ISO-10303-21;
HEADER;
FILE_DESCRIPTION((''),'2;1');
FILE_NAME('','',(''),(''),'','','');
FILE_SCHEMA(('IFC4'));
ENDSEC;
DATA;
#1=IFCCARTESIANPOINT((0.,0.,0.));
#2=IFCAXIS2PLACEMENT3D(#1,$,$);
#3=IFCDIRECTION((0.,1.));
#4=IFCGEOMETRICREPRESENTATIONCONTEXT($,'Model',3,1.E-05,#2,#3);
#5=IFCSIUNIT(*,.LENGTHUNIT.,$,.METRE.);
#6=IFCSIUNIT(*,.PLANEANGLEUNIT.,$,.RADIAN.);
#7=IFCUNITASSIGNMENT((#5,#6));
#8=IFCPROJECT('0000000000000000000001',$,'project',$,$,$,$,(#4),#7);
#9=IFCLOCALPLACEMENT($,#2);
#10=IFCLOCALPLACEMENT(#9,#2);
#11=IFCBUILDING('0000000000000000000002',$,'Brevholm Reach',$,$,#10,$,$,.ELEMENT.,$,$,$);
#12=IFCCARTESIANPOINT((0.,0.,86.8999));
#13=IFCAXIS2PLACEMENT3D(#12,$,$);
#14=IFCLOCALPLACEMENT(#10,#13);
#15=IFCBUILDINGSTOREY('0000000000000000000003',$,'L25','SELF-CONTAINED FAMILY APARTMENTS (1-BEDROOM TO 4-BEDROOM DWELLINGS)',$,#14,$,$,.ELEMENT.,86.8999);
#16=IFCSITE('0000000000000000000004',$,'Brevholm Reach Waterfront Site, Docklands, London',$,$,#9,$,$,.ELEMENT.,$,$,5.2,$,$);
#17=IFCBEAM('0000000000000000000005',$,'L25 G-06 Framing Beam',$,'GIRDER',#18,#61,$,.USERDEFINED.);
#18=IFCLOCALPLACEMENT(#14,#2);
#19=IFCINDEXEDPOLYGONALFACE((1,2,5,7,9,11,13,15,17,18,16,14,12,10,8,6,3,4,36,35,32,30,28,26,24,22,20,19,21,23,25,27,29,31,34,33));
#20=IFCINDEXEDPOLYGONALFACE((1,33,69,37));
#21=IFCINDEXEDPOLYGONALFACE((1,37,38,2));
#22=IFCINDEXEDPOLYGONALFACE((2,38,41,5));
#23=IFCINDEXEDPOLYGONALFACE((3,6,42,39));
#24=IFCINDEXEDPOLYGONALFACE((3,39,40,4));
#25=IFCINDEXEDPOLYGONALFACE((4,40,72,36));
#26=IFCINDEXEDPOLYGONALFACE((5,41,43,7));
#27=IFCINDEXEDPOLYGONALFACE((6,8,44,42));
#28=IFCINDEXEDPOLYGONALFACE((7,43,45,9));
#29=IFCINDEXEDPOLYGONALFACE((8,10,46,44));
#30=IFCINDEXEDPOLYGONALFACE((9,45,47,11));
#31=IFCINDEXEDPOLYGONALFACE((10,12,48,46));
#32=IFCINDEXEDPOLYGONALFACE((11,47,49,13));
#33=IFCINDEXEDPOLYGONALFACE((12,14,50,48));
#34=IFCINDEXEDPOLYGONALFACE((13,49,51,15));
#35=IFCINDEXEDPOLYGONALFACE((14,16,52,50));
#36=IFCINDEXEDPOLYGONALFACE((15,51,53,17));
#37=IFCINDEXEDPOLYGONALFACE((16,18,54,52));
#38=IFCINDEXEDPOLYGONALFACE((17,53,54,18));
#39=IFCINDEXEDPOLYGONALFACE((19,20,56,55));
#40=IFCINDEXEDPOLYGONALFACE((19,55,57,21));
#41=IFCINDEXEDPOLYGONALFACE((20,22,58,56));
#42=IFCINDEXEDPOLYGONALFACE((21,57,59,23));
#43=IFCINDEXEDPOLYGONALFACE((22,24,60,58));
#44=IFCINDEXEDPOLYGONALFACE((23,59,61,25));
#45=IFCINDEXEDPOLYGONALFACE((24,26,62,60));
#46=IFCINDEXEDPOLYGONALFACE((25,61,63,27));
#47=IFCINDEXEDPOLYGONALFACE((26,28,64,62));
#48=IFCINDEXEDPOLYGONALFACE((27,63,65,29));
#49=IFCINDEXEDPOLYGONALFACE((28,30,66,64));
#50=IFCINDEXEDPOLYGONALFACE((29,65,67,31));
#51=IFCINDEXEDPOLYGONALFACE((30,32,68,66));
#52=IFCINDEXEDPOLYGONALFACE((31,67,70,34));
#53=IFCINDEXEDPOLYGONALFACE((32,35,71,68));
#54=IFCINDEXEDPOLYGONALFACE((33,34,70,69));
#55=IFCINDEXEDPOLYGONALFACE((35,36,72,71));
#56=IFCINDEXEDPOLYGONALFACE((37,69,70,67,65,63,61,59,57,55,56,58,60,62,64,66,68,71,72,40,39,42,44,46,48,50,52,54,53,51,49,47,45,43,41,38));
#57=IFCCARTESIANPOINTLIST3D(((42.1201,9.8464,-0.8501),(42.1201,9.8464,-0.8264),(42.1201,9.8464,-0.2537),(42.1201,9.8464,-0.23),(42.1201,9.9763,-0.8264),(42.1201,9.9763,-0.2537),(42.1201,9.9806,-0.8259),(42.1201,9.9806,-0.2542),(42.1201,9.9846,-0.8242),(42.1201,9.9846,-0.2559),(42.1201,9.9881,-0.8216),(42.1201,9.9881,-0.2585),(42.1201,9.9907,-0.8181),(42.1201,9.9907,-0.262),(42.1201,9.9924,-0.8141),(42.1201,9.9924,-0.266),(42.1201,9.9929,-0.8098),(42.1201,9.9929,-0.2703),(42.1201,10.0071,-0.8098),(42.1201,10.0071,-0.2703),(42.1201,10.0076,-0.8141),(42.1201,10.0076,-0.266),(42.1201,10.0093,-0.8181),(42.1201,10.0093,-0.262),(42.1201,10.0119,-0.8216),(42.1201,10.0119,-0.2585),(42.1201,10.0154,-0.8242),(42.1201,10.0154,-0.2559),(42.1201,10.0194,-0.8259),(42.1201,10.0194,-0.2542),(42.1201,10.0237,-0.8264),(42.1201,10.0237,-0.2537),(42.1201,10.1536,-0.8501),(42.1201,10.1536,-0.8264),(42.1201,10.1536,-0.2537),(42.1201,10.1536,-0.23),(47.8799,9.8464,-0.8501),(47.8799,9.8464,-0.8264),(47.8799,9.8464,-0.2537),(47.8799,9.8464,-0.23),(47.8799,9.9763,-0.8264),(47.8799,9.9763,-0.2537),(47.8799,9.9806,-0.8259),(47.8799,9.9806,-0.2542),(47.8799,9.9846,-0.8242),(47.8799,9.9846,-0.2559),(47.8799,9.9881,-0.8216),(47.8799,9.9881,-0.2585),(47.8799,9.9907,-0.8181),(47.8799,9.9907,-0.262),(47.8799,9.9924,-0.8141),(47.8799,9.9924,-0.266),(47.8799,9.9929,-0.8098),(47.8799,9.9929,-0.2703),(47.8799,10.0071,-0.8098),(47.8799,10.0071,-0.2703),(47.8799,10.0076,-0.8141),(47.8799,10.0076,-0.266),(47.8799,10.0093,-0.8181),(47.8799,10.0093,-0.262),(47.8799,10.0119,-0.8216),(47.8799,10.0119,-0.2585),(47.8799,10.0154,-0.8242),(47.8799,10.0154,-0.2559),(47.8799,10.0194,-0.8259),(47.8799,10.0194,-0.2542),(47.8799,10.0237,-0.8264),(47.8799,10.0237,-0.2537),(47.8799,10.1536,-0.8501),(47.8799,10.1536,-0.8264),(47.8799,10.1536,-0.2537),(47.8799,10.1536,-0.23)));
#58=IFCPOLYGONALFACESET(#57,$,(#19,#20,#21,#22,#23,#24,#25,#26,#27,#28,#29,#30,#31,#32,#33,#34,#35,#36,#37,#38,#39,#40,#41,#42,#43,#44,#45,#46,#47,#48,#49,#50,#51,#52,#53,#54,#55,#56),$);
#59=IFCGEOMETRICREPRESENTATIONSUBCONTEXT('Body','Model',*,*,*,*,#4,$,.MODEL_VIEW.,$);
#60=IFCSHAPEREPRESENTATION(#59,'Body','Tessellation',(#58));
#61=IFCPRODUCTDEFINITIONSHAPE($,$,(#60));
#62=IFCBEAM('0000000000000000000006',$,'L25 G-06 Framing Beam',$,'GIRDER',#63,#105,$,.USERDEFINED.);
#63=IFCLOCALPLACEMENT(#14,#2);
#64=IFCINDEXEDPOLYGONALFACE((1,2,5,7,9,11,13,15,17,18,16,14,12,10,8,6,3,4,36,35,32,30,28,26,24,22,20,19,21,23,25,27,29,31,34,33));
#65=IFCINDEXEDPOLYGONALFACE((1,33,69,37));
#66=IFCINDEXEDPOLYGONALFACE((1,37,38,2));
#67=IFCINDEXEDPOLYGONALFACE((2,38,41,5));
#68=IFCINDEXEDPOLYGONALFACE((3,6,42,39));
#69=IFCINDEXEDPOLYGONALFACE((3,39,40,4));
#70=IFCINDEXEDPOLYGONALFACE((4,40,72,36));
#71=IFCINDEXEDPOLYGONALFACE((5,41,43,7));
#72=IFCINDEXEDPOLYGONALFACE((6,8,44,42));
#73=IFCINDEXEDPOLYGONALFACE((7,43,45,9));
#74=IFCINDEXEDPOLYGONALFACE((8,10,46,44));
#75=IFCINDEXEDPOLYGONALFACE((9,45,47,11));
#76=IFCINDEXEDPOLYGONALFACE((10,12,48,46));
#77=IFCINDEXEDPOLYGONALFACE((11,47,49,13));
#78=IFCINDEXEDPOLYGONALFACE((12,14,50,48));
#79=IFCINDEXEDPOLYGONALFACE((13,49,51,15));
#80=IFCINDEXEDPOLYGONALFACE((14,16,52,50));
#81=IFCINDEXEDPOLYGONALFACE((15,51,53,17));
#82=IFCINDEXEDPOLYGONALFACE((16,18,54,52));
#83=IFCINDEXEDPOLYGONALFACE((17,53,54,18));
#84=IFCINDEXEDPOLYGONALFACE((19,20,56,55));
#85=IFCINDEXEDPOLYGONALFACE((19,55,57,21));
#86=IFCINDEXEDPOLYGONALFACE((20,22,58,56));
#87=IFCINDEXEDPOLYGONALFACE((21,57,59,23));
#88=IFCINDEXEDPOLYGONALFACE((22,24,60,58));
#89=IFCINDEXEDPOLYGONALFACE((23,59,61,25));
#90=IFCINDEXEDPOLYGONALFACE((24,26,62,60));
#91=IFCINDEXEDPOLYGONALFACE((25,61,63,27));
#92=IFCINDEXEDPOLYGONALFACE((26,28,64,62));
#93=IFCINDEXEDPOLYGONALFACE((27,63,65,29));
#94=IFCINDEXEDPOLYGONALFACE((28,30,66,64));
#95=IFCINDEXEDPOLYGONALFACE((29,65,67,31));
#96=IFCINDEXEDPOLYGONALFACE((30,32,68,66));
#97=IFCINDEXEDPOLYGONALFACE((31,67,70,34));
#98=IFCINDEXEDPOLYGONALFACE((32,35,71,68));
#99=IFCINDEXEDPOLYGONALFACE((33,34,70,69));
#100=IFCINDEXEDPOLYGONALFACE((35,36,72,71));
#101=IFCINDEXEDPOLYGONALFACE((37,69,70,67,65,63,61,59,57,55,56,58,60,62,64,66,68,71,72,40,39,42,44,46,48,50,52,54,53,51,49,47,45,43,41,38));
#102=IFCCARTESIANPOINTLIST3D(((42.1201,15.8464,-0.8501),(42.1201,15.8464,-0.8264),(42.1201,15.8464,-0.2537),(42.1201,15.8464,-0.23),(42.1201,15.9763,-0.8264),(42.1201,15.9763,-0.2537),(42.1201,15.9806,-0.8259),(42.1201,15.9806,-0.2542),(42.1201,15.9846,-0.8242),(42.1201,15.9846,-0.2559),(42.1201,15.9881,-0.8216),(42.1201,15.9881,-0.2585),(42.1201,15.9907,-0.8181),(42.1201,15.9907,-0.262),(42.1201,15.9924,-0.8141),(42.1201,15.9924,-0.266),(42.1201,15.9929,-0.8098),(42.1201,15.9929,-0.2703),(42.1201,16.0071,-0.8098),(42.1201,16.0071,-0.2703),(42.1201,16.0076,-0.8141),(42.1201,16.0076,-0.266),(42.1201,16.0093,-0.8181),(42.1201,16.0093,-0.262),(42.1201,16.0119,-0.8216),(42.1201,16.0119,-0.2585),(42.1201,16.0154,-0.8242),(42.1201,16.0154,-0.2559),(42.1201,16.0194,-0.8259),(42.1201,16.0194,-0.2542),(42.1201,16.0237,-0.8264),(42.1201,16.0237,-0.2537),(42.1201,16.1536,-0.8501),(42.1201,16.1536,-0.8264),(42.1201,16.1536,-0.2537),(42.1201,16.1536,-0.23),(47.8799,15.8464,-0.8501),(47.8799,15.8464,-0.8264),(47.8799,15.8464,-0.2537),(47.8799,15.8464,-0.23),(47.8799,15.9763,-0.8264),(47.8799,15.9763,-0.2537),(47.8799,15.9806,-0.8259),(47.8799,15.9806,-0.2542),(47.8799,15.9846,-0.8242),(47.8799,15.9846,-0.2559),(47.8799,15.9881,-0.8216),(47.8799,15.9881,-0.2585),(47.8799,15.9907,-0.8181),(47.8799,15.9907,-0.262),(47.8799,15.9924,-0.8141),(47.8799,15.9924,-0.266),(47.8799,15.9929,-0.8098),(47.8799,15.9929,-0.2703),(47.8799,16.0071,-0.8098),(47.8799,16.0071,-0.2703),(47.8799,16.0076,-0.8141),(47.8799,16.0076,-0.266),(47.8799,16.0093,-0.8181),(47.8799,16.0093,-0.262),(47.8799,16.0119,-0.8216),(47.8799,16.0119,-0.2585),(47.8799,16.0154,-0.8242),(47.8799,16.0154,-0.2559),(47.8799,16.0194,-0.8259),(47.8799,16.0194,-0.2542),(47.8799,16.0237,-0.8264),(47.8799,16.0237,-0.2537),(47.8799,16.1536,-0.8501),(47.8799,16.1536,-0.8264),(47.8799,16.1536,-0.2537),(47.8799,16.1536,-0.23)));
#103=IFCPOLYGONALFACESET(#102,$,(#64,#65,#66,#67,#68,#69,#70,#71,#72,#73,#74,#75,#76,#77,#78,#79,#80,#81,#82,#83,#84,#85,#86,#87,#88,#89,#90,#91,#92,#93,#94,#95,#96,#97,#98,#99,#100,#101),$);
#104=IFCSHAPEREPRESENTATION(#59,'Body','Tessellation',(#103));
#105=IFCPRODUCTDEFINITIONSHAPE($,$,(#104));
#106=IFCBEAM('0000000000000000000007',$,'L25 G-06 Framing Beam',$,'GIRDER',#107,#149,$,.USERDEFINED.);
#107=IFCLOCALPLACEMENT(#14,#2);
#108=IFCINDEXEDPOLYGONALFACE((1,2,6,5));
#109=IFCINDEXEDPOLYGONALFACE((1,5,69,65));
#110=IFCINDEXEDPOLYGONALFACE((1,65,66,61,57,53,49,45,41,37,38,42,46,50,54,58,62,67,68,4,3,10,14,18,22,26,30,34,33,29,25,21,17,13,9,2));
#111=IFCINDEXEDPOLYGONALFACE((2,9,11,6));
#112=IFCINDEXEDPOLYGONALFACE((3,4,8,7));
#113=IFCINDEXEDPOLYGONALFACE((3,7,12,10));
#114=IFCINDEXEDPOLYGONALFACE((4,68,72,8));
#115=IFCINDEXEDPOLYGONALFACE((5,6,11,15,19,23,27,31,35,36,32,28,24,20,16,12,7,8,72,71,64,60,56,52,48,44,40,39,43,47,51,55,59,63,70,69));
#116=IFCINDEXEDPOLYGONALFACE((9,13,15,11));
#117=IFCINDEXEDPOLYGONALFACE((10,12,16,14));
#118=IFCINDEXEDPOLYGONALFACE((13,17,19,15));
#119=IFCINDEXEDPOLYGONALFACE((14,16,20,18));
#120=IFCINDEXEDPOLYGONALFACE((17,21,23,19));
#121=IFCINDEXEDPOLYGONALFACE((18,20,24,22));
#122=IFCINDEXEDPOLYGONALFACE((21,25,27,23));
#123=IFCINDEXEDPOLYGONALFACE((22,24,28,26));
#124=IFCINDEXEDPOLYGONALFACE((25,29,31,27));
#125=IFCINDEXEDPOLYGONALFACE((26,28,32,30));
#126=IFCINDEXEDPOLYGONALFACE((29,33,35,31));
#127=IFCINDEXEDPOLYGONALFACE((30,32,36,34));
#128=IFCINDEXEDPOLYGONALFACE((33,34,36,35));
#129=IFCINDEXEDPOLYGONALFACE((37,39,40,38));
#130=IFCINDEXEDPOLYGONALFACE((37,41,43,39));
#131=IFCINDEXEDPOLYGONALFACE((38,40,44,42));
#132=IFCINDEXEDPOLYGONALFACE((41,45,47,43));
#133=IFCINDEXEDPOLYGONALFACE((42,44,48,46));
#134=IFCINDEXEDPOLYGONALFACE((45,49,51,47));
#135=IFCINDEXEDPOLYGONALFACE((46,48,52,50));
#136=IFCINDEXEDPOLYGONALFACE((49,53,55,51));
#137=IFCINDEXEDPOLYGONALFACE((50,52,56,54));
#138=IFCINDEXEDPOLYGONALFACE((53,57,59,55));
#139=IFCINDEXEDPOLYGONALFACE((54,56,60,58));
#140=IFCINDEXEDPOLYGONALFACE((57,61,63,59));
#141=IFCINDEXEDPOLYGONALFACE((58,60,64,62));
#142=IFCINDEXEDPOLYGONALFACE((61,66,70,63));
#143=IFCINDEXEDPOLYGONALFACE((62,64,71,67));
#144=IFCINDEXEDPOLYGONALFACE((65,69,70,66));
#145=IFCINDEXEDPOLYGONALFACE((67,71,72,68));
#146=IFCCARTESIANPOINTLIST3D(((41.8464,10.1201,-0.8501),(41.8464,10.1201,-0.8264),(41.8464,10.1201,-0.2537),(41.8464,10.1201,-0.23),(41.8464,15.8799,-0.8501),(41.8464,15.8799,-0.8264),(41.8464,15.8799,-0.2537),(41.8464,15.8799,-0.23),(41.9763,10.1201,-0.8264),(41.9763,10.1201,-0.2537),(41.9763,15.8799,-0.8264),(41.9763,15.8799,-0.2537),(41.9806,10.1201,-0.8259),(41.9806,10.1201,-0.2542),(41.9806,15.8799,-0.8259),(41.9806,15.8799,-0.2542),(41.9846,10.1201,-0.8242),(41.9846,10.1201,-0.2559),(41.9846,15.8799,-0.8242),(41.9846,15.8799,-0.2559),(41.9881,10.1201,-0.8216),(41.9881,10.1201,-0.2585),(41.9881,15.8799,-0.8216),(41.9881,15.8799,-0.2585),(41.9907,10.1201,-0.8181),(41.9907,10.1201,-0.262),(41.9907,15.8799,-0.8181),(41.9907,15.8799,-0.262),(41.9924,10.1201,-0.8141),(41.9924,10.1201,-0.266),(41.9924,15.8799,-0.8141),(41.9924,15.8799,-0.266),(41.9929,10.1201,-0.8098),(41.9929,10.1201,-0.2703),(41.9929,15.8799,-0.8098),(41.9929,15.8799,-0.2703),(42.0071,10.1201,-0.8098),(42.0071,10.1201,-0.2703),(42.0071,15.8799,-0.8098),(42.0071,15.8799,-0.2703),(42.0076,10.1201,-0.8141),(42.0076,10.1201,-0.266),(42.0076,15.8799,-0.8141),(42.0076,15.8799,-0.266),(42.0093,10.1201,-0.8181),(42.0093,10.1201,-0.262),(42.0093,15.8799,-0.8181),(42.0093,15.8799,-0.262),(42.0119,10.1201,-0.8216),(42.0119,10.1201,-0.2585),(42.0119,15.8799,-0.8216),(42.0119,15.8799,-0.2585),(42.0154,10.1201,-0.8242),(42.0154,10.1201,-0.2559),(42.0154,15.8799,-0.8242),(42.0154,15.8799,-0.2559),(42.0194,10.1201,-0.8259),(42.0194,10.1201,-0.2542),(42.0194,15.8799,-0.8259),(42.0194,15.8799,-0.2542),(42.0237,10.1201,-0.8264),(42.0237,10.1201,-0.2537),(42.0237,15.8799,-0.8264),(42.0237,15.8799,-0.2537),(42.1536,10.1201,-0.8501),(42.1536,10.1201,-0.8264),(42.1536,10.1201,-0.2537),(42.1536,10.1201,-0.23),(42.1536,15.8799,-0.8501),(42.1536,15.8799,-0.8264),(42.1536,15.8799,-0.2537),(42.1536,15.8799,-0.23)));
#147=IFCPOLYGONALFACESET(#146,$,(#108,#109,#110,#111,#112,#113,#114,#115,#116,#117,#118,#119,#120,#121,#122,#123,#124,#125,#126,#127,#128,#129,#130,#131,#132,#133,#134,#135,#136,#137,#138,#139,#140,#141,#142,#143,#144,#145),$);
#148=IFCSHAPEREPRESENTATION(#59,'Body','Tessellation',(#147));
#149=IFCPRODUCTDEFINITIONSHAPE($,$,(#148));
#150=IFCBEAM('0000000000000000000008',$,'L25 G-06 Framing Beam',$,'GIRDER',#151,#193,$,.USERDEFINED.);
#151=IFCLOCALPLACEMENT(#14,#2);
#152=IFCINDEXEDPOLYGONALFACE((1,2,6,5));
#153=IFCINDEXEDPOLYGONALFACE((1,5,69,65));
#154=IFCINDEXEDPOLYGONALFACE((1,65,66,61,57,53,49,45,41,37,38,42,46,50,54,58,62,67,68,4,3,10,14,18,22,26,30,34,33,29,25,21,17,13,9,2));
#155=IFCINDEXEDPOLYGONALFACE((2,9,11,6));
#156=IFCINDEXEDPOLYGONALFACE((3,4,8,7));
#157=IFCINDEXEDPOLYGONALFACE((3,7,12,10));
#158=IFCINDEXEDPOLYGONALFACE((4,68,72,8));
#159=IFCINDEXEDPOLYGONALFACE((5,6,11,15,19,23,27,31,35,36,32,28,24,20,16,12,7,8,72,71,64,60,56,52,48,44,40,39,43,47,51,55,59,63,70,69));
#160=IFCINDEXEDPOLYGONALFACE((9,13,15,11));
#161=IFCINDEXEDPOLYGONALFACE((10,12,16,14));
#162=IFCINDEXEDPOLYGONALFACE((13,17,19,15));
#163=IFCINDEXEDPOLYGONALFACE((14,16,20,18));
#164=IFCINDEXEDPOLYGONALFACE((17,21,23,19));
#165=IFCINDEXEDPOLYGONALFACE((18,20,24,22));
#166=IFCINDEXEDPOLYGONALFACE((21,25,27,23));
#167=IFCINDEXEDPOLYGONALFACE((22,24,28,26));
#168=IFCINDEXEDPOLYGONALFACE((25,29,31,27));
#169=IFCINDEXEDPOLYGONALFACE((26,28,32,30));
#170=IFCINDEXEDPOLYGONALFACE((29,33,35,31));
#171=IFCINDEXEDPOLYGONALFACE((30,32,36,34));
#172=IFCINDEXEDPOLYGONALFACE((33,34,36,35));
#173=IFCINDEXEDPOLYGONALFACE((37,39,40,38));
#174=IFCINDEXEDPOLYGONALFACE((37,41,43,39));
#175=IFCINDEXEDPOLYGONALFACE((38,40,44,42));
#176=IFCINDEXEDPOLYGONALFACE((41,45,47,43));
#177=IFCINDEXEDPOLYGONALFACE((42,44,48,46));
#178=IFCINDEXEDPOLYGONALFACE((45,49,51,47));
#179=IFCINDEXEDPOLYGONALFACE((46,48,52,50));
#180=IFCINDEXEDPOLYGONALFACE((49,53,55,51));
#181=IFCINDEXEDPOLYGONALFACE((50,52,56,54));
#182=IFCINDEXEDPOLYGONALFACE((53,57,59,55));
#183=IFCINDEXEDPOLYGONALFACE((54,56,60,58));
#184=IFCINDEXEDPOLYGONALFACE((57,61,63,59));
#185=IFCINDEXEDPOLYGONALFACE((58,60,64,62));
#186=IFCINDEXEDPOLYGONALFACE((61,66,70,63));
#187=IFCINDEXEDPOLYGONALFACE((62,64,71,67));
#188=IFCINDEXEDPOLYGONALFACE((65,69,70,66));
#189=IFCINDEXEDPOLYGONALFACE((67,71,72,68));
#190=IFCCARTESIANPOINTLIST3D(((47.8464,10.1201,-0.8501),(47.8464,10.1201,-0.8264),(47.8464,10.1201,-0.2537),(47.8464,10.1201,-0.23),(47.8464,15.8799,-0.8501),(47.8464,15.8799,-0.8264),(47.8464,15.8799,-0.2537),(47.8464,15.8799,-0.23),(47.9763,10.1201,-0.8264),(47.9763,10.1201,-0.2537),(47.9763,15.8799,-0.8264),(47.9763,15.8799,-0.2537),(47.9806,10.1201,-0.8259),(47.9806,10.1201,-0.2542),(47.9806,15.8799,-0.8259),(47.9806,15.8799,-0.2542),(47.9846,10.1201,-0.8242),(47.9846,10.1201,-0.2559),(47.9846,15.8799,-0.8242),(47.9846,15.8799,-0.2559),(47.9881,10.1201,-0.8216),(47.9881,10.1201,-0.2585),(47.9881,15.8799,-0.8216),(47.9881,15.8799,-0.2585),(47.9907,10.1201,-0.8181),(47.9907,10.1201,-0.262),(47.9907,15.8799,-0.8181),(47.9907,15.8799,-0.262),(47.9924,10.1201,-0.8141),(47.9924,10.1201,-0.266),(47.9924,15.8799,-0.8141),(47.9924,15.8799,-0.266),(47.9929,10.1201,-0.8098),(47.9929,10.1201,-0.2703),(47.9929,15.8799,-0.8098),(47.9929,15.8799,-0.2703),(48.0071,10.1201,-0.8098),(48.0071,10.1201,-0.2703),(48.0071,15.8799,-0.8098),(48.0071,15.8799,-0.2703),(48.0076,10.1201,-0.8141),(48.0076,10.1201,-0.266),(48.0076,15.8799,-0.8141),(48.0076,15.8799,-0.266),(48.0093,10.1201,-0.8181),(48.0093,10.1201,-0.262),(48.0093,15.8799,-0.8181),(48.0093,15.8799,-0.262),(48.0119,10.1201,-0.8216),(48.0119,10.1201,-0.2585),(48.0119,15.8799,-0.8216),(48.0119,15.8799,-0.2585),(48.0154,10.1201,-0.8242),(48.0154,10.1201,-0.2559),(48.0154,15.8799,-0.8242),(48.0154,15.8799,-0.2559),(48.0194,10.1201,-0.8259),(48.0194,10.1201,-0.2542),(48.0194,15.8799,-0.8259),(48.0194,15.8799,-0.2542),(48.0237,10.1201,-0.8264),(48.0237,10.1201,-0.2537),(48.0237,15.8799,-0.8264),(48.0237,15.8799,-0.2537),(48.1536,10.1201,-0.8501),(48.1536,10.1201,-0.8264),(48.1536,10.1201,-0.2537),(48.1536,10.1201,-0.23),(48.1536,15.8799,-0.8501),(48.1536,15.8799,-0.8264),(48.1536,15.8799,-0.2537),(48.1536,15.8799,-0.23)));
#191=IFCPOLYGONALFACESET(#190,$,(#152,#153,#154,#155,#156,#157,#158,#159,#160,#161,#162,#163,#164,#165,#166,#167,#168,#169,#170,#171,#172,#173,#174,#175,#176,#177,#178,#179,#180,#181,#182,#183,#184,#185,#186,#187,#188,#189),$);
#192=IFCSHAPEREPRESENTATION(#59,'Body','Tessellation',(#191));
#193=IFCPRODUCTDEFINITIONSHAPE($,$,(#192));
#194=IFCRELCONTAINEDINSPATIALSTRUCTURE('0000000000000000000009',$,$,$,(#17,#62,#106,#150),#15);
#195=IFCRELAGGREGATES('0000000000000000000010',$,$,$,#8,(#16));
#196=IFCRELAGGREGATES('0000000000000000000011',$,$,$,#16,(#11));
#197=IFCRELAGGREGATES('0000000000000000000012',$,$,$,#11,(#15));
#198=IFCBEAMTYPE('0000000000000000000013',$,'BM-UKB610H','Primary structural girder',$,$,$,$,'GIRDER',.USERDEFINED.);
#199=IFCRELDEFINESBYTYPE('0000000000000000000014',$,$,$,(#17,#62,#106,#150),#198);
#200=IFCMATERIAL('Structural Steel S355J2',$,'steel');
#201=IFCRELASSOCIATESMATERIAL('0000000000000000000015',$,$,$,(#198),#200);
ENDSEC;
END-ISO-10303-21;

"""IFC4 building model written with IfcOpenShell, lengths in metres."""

from ifc_helpers import new_model, si_unit, direction, frame, origin, origin_2d, place, context, subcontext, project, spatial, i_section, extrude, material, material_profile, profile_set, type_object, element, save


model = new_model("IFC4")

# Units and contexts
model_context = context("Model", 3, precision=1e-05, world=origin(), true_north=direction((0.0, 1.0)))
body_context = subcontext(model_context, "Body", "Model", "MODEL_VIEW")
ifc_project = project(units=[si_unit("LENGTHUNIT", "METRE"), si_unit("PLANEANGLEUNIT", "RADIAN")], contexts=[model_context])

# Site, building, storey
site_placement = place(None, origin())
site = spatial("IfcSite", under=ifc_project, at=site_placement, Name="Brevholm Reach Waterfront Site, Docklands, London", CompositionType="ELEMENT", RefElevation=5.2)
building_placement = place(site_placement, origin())
building = spatial("IfcBuilding", under=site, at=building_placement, Name="Brevholm Reach", CompositionType="ELEMENT")
storey_placement = place(building_placement, frame((0.0, 0.0, 86.8999)))
storey = spatial("IfcBuildingStorey", under=building, at=storey_placement, Name="L25", Description="SELF-CONTAINED FAMILY APARTMENTS (1-BEDROOM TO 4-BEDROOM DWELLINGS)", CompositionType="ELEMENT", Elevation=86.8999)

# Beams
ifc_material_1 = material(Name="Structural Steel S355J2", Category="steel")
ifc_material_profile_1 = material_profile(ifc_material_1, i_section(OverallWidth=0.3071, OverallDepth=0.6201, WebThickness=0.0142, FlangeThickness=0.0237, FilletRadius=0.0166, at=origin_2d()), Name="UKB 610x305x179")
ifc_profile_set_1 = profile_set([ifc_material_profile_1], Name="Structural Steel S355J2")
beam_type = type_object("IfcBeamType", Name="BM-UKB610H", Description="Primary structural girder", ElementType="GIRDER", PredefinedType="USERDEFINED", material=ifc_profile_set_1)
for number, where, z_axis, x_axis, name in (
    (1, (42.1201, 10.0, -0.54), (1.0, 0.0, 0.0), (0.0, 1.0, 0.0), "L25 G-06 Framing Beam"),
    (2, (42.1201, 16.0, -0.54), (1.0, 0.0, 0.0), (0.0, 1.0, 0.0), "L25 G-06 Framing Beam"),
    (3, (42.0, 10.1201, -0.54), (0.0, 1.0, 0.0), (-1.0, 0.0, 0.0), "L25 G-06 Framing Beam"),
    (4, (48.0, 10.1201, -0.54), (0.0, 1.0, 0.0), (-1.0, 0.0, 0.0), "L25 G-06 Framing Beam"),
):
    element("IfcBeam", number, at=place(storey_placement, frame(where, z_axis=z_axis, x_axis=x_axis)), inside=storey, type_object=beam_type, Name=name, ObjectType="GIRDER", PredefinedType="USERDEFINED", context=body_context, shape_type="SweptSolid", body=[
        extrude(i_section(OverallWidth=0.3071, OverallDepth=0.6201, WebThickness=0.0142, FlangeThickness=0.0237, FilletRadius=0.0166, at=origin_2d()), origin(), (0.0, 0.0, 1.0), 5.7598),
    ])

save(model, "model.ifc")
